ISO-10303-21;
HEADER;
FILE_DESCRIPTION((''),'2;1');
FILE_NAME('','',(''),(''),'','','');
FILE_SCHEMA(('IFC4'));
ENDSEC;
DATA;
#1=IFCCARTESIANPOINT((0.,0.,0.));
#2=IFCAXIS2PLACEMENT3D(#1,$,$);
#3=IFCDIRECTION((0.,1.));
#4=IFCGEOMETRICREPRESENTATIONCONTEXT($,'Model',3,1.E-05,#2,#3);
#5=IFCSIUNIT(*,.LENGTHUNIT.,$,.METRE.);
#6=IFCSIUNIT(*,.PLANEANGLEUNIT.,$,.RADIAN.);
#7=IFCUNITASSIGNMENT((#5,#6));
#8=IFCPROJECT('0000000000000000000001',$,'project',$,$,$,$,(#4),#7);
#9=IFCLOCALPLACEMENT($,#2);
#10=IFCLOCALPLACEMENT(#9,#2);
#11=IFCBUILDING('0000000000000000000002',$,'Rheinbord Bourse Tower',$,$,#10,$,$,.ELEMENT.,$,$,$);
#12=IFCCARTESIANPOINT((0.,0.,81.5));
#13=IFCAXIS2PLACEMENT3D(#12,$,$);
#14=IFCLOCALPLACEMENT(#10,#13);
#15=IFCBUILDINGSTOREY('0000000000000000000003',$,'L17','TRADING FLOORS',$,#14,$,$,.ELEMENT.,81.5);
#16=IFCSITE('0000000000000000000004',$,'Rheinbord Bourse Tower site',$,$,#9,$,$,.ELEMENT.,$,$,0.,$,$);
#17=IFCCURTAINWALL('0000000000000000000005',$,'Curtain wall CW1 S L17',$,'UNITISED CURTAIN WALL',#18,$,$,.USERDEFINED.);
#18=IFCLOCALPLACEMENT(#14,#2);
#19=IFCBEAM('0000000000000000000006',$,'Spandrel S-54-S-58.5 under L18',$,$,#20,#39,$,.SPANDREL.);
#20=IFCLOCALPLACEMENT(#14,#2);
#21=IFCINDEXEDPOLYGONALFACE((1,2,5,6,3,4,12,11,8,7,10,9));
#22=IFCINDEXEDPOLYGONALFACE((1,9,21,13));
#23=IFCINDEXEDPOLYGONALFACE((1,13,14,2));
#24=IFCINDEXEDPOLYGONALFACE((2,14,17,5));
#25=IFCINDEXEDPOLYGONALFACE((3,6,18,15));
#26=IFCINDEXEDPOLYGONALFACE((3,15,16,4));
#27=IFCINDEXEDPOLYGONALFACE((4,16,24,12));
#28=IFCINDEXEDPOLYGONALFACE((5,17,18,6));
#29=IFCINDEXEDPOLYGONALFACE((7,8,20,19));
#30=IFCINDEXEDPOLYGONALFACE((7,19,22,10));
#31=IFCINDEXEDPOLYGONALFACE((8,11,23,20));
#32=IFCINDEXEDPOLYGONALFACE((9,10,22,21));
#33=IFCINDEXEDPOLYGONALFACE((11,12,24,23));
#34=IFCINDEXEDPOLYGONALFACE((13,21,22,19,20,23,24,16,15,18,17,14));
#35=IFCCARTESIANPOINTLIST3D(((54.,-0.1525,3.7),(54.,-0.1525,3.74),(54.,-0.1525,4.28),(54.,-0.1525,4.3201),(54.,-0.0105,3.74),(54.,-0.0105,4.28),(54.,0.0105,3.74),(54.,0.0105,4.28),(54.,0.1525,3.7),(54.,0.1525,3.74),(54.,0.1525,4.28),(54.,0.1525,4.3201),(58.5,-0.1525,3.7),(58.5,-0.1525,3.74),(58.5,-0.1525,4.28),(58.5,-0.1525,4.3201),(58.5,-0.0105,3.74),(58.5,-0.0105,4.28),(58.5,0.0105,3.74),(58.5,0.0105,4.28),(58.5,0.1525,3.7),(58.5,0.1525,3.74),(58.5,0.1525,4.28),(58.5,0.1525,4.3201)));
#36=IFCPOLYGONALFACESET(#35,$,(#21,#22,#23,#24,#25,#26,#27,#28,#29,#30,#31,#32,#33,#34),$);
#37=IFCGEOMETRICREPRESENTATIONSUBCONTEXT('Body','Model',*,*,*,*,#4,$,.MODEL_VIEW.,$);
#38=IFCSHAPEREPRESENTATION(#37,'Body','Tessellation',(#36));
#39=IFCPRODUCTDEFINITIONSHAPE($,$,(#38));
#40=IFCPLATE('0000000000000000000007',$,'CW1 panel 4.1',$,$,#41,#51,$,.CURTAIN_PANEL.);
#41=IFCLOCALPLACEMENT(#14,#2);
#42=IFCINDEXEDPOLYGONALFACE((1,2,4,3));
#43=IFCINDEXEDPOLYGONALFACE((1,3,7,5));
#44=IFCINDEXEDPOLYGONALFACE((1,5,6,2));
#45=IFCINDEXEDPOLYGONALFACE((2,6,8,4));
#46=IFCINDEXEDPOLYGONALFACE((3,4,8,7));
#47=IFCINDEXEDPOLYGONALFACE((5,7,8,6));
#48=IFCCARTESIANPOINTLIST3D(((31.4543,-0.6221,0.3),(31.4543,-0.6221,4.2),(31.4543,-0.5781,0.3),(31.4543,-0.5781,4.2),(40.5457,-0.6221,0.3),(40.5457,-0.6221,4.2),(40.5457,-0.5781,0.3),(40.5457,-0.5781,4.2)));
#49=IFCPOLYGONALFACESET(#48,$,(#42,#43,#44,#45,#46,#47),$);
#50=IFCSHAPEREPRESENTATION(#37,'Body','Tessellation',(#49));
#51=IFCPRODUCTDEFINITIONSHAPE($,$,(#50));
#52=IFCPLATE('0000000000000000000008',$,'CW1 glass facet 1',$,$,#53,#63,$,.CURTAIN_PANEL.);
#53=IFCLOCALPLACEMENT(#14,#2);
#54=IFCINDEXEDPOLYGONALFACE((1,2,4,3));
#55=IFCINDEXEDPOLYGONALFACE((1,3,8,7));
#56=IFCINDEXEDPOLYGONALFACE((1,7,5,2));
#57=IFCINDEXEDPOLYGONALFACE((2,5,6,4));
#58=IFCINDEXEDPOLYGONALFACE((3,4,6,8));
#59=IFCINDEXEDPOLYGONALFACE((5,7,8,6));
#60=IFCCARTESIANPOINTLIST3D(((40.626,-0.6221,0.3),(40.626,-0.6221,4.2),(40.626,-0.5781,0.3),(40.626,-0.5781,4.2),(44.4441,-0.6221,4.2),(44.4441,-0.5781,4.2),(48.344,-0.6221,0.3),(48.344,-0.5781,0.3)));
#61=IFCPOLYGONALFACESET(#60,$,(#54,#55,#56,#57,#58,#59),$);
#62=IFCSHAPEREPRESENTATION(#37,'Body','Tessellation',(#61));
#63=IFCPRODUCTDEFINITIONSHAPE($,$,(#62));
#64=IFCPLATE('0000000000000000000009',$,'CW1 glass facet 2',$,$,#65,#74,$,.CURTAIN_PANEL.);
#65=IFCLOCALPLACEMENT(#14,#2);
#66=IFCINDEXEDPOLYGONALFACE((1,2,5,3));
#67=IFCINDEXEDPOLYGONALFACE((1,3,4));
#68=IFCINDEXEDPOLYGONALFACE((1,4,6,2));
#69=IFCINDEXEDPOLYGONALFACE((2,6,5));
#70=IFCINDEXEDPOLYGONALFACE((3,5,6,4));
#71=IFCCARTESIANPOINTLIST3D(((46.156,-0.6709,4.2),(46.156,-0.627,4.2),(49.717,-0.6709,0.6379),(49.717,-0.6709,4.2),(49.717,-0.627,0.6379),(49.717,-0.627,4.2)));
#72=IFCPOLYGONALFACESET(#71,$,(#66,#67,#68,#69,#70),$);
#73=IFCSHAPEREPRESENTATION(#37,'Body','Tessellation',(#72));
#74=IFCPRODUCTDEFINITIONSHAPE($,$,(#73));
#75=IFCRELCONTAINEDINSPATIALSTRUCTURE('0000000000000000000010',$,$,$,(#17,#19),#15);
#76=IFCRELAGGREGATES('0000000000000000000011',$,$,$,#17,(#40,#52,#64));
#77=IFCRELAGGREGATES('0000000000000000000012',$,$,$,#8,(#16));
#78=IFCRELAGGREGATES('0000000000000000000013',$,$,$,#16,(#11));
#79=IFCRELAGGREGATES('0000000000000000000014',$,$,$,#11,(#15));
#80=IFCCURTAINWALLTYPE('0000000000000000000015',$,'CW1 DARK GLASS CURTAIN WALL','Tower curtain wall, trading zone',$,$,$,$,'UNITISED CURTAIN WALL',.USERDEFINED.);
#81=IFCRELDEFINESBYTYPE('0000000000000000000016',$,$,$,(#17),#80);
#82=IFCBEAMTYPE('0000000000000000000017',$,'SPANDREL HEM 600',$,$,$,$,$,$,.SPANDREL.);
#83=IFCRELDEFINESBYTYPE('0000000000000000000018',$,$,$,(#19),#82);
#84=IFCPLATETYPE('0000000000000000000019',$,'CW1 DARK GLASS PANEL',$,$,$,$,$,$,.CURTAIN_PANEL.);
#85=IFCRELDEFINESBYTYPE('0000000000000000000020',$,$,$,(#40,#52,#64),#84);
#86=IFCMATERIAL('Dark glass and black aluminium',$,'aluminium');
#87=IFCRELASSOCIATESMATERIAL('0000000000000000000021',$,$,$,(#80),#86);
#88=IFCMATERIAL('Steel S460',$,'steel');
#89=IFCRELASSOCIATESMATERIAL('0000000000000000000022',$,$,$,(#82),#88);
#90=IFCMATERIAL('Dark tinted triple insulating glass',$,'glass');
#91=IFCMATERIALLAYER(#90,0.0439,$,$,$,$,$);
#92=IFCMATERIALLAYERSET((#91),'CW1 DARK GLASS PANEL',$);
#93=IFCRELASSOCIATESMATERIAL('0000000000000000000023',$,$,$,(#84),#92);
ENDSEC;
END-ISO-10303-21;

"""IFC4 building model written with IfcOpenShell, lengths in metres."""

from ifc_helpers import new_model, si_unit, direction, frame, origin, origin_2d, place, context, subcontext, project, spatial, polyline, rectangle, i_section, outline, extrude, material, layer, layer_set, material_profile, profile_set, type_object, element, aggregate, save


model = new_model("IFC4")

# Units and contexts
model_context = context("Model", 3, precision=1e-05, world=origin(), true_north=direction((0.0, 1.0)))
body_context = subcontext(model_context, "Body", "Model", "MODEL_VIEW")
ifc_project = project(units=[si_unit("LENGTHUNIT", "METRE"), si_unit("PLANEANGLEUNIT", "RADIAN")], contexts=[model_context])

# Site, building, storey
site_placement = place(None, origin())
site = spatial("IfcSite", under=ifc_project, at=site_placement, Name="Rheinbord Bourse Tower site", CompositionType="ELEMENT", RefElevation=0.0)
building_placement = place(site_placement, origin())
building = spatial("IfcBuilding", under=site, at=building_placement, Name="Rheinbord Bourse Tower", CompositionType="ELEMENT")
storey_placement = place(building_placement, frame((0.0, 0.0, 81.5)))
storey = spatial("IfcBuildingStorey", under=building, at=storey_placement, Name="L17", Description="TRADING FLOORS", CompositionType="ELEMENT", Elevation=81.5)

# Curtain wall
ifc_material_1 = material(Name="Dark glass and black aluminium", Category="aluminium")
curtain_wall_type = type_object("IfcCurtainWallType", Name="CW1 DARK GLASS CURTAIN WALL", Description="Tower curtain wall, trading zone", ElementType="UNITISED CURTAIN WALL", PredefinedType="USERDEFINED", material=ifc_material_1)
curtain_wall_placement = place(storey_placement, origin())
curtain_wall = element("IfcCurtainWall", 1, at=curtain_wall_placement, inside=storey, type_object=curtain_wall_type, Name="Curtain wall CW1 S L17", ObjectType="UNITISED CURTAIN WALL", PredefinedType="USERDEFINED")

# Beam
ifc_material_2 = material(Name="Steel S460", Category="steel")
ifc_material_profile_1 = material_profile(ifc_material_2, i_section(OverallWidth=0.3049, OverallDepth=0.6201, WebThickness=0.021, FlangeThickness=0.04, at=origin_2d()), Name="HEM 600")
ifc_profile_set_1 = profile_set([ifc_material_profile_1], Name="Steel S460")
beam_type_1 = type_object("IfcBeamType", Name="SPANDREL HEM 600", PredefinedType="SPANDREL", material=ifc_profile_set_1)
for number, where, z_axis, x_axis, name in (
    (2, (54.0, 0.0, 4.01), (1.0, 0.0, 0.0), (0.0, 1.0, 0.0), "Spandrel S-54-S-58.5 under L18"),
):
    element("IfcBeam", number, at=place(storey_placement, frame(where, z_axis=z_axis, x_axis=x_axis)), inside=storey, type_object=beam_type_1, Name=name, PredefinedType="SPANDREL", context=body_context, shape_type="SweptSolid", body=[
        extrude(i_section(OverallWidth=0.3049, OverallDepth=0.6201, WebThickness=0.021, FlangeThickness=0.04, at=origin_2d()), origin(), (0.0, 0.0, 1.0), 4.5),
    ])

# Plates
ifc_material_3 = material(Name="Dark tinted triple insulating glass", Category="glass")
ifc_layer = layer(ifc_material_3, 0.0439)
ifc_layer_set = layer_set([ifc_layer], Name="CW1 DARK GLASS PANEL")
plate_type = type_object("IfcPlateType", Name="CW1 DARK GLASS PANEL", PredefinedType="CURTAIN_PANEL", material=ifc_layer_set)
plate_1_placement = place(storey_placement, frame((36.0, -0.6001, 0.3), z_axis=(0.0, 0.0, 1.0), x_axis=(1.0, 0.0, 0.0)))
plate_1 = element("IfcPlate", 3, at=plate_1_placement, type_object=plate_type, Name="CW1 panel 4.1", PredefinedType="CURTAIN_PANEL", context=body_context, shape_type="SweptSolid", body=[
    extrude(rectangle(XDim=9.0913, YDim=0.0439, at=origin_2d()), origin(), (0.0, 0.0, 1.0), 3.8999),
])
plate_2_placement = place(storey_placement, frame((40.626, -0.6221, 0.3), z_axis=(0.0, 1.0, 0.0), x_axis=(0.0, 0.0, 1.0)))
plate_2 = element("IfcPlate", 4, at=plate_2_placement, type_object=plate_type, Name="CW1 glass facet 1", PredefinedType="CURTAIN_PANEL", context=body_context, shape_type="SweptSolid", body=[
    extrude(outline(polyline([(0.0, 0.0), (3.8999, 0.0), (3.8999, 3.8181), (0.0, 7.718), (0.0, 0.0)])), origin(), (0.0, 0.0, 1.0), 0.0439),
])
plate_3_placement = place(storey_placement, frame((49.717, -0.6709, 4.2), z_axis=(0.0, 1.0, 0.0), x_axis=(0.0, 0.0, -1.0)))
plate_3 = element("IfcPlate", 5, at=plate_3_placement, type_object=plate_type, Name="CW1 glass facet 2", PredefinedType="CURTAIN_PANEL", context=body_context, shape_type="SweptSolid", body=[
    extrude(outline(polyline([(0.0, 0.0), (3.562, 0.0), (0.0, 3.561), (0.0, 0.0)])), origin(), (0.0, 0.0, 1.0), 0.0439),
])
aggregate(curtain_wall, [plate_1, plate_2, plate_3])

save(model, "model.ifc")
